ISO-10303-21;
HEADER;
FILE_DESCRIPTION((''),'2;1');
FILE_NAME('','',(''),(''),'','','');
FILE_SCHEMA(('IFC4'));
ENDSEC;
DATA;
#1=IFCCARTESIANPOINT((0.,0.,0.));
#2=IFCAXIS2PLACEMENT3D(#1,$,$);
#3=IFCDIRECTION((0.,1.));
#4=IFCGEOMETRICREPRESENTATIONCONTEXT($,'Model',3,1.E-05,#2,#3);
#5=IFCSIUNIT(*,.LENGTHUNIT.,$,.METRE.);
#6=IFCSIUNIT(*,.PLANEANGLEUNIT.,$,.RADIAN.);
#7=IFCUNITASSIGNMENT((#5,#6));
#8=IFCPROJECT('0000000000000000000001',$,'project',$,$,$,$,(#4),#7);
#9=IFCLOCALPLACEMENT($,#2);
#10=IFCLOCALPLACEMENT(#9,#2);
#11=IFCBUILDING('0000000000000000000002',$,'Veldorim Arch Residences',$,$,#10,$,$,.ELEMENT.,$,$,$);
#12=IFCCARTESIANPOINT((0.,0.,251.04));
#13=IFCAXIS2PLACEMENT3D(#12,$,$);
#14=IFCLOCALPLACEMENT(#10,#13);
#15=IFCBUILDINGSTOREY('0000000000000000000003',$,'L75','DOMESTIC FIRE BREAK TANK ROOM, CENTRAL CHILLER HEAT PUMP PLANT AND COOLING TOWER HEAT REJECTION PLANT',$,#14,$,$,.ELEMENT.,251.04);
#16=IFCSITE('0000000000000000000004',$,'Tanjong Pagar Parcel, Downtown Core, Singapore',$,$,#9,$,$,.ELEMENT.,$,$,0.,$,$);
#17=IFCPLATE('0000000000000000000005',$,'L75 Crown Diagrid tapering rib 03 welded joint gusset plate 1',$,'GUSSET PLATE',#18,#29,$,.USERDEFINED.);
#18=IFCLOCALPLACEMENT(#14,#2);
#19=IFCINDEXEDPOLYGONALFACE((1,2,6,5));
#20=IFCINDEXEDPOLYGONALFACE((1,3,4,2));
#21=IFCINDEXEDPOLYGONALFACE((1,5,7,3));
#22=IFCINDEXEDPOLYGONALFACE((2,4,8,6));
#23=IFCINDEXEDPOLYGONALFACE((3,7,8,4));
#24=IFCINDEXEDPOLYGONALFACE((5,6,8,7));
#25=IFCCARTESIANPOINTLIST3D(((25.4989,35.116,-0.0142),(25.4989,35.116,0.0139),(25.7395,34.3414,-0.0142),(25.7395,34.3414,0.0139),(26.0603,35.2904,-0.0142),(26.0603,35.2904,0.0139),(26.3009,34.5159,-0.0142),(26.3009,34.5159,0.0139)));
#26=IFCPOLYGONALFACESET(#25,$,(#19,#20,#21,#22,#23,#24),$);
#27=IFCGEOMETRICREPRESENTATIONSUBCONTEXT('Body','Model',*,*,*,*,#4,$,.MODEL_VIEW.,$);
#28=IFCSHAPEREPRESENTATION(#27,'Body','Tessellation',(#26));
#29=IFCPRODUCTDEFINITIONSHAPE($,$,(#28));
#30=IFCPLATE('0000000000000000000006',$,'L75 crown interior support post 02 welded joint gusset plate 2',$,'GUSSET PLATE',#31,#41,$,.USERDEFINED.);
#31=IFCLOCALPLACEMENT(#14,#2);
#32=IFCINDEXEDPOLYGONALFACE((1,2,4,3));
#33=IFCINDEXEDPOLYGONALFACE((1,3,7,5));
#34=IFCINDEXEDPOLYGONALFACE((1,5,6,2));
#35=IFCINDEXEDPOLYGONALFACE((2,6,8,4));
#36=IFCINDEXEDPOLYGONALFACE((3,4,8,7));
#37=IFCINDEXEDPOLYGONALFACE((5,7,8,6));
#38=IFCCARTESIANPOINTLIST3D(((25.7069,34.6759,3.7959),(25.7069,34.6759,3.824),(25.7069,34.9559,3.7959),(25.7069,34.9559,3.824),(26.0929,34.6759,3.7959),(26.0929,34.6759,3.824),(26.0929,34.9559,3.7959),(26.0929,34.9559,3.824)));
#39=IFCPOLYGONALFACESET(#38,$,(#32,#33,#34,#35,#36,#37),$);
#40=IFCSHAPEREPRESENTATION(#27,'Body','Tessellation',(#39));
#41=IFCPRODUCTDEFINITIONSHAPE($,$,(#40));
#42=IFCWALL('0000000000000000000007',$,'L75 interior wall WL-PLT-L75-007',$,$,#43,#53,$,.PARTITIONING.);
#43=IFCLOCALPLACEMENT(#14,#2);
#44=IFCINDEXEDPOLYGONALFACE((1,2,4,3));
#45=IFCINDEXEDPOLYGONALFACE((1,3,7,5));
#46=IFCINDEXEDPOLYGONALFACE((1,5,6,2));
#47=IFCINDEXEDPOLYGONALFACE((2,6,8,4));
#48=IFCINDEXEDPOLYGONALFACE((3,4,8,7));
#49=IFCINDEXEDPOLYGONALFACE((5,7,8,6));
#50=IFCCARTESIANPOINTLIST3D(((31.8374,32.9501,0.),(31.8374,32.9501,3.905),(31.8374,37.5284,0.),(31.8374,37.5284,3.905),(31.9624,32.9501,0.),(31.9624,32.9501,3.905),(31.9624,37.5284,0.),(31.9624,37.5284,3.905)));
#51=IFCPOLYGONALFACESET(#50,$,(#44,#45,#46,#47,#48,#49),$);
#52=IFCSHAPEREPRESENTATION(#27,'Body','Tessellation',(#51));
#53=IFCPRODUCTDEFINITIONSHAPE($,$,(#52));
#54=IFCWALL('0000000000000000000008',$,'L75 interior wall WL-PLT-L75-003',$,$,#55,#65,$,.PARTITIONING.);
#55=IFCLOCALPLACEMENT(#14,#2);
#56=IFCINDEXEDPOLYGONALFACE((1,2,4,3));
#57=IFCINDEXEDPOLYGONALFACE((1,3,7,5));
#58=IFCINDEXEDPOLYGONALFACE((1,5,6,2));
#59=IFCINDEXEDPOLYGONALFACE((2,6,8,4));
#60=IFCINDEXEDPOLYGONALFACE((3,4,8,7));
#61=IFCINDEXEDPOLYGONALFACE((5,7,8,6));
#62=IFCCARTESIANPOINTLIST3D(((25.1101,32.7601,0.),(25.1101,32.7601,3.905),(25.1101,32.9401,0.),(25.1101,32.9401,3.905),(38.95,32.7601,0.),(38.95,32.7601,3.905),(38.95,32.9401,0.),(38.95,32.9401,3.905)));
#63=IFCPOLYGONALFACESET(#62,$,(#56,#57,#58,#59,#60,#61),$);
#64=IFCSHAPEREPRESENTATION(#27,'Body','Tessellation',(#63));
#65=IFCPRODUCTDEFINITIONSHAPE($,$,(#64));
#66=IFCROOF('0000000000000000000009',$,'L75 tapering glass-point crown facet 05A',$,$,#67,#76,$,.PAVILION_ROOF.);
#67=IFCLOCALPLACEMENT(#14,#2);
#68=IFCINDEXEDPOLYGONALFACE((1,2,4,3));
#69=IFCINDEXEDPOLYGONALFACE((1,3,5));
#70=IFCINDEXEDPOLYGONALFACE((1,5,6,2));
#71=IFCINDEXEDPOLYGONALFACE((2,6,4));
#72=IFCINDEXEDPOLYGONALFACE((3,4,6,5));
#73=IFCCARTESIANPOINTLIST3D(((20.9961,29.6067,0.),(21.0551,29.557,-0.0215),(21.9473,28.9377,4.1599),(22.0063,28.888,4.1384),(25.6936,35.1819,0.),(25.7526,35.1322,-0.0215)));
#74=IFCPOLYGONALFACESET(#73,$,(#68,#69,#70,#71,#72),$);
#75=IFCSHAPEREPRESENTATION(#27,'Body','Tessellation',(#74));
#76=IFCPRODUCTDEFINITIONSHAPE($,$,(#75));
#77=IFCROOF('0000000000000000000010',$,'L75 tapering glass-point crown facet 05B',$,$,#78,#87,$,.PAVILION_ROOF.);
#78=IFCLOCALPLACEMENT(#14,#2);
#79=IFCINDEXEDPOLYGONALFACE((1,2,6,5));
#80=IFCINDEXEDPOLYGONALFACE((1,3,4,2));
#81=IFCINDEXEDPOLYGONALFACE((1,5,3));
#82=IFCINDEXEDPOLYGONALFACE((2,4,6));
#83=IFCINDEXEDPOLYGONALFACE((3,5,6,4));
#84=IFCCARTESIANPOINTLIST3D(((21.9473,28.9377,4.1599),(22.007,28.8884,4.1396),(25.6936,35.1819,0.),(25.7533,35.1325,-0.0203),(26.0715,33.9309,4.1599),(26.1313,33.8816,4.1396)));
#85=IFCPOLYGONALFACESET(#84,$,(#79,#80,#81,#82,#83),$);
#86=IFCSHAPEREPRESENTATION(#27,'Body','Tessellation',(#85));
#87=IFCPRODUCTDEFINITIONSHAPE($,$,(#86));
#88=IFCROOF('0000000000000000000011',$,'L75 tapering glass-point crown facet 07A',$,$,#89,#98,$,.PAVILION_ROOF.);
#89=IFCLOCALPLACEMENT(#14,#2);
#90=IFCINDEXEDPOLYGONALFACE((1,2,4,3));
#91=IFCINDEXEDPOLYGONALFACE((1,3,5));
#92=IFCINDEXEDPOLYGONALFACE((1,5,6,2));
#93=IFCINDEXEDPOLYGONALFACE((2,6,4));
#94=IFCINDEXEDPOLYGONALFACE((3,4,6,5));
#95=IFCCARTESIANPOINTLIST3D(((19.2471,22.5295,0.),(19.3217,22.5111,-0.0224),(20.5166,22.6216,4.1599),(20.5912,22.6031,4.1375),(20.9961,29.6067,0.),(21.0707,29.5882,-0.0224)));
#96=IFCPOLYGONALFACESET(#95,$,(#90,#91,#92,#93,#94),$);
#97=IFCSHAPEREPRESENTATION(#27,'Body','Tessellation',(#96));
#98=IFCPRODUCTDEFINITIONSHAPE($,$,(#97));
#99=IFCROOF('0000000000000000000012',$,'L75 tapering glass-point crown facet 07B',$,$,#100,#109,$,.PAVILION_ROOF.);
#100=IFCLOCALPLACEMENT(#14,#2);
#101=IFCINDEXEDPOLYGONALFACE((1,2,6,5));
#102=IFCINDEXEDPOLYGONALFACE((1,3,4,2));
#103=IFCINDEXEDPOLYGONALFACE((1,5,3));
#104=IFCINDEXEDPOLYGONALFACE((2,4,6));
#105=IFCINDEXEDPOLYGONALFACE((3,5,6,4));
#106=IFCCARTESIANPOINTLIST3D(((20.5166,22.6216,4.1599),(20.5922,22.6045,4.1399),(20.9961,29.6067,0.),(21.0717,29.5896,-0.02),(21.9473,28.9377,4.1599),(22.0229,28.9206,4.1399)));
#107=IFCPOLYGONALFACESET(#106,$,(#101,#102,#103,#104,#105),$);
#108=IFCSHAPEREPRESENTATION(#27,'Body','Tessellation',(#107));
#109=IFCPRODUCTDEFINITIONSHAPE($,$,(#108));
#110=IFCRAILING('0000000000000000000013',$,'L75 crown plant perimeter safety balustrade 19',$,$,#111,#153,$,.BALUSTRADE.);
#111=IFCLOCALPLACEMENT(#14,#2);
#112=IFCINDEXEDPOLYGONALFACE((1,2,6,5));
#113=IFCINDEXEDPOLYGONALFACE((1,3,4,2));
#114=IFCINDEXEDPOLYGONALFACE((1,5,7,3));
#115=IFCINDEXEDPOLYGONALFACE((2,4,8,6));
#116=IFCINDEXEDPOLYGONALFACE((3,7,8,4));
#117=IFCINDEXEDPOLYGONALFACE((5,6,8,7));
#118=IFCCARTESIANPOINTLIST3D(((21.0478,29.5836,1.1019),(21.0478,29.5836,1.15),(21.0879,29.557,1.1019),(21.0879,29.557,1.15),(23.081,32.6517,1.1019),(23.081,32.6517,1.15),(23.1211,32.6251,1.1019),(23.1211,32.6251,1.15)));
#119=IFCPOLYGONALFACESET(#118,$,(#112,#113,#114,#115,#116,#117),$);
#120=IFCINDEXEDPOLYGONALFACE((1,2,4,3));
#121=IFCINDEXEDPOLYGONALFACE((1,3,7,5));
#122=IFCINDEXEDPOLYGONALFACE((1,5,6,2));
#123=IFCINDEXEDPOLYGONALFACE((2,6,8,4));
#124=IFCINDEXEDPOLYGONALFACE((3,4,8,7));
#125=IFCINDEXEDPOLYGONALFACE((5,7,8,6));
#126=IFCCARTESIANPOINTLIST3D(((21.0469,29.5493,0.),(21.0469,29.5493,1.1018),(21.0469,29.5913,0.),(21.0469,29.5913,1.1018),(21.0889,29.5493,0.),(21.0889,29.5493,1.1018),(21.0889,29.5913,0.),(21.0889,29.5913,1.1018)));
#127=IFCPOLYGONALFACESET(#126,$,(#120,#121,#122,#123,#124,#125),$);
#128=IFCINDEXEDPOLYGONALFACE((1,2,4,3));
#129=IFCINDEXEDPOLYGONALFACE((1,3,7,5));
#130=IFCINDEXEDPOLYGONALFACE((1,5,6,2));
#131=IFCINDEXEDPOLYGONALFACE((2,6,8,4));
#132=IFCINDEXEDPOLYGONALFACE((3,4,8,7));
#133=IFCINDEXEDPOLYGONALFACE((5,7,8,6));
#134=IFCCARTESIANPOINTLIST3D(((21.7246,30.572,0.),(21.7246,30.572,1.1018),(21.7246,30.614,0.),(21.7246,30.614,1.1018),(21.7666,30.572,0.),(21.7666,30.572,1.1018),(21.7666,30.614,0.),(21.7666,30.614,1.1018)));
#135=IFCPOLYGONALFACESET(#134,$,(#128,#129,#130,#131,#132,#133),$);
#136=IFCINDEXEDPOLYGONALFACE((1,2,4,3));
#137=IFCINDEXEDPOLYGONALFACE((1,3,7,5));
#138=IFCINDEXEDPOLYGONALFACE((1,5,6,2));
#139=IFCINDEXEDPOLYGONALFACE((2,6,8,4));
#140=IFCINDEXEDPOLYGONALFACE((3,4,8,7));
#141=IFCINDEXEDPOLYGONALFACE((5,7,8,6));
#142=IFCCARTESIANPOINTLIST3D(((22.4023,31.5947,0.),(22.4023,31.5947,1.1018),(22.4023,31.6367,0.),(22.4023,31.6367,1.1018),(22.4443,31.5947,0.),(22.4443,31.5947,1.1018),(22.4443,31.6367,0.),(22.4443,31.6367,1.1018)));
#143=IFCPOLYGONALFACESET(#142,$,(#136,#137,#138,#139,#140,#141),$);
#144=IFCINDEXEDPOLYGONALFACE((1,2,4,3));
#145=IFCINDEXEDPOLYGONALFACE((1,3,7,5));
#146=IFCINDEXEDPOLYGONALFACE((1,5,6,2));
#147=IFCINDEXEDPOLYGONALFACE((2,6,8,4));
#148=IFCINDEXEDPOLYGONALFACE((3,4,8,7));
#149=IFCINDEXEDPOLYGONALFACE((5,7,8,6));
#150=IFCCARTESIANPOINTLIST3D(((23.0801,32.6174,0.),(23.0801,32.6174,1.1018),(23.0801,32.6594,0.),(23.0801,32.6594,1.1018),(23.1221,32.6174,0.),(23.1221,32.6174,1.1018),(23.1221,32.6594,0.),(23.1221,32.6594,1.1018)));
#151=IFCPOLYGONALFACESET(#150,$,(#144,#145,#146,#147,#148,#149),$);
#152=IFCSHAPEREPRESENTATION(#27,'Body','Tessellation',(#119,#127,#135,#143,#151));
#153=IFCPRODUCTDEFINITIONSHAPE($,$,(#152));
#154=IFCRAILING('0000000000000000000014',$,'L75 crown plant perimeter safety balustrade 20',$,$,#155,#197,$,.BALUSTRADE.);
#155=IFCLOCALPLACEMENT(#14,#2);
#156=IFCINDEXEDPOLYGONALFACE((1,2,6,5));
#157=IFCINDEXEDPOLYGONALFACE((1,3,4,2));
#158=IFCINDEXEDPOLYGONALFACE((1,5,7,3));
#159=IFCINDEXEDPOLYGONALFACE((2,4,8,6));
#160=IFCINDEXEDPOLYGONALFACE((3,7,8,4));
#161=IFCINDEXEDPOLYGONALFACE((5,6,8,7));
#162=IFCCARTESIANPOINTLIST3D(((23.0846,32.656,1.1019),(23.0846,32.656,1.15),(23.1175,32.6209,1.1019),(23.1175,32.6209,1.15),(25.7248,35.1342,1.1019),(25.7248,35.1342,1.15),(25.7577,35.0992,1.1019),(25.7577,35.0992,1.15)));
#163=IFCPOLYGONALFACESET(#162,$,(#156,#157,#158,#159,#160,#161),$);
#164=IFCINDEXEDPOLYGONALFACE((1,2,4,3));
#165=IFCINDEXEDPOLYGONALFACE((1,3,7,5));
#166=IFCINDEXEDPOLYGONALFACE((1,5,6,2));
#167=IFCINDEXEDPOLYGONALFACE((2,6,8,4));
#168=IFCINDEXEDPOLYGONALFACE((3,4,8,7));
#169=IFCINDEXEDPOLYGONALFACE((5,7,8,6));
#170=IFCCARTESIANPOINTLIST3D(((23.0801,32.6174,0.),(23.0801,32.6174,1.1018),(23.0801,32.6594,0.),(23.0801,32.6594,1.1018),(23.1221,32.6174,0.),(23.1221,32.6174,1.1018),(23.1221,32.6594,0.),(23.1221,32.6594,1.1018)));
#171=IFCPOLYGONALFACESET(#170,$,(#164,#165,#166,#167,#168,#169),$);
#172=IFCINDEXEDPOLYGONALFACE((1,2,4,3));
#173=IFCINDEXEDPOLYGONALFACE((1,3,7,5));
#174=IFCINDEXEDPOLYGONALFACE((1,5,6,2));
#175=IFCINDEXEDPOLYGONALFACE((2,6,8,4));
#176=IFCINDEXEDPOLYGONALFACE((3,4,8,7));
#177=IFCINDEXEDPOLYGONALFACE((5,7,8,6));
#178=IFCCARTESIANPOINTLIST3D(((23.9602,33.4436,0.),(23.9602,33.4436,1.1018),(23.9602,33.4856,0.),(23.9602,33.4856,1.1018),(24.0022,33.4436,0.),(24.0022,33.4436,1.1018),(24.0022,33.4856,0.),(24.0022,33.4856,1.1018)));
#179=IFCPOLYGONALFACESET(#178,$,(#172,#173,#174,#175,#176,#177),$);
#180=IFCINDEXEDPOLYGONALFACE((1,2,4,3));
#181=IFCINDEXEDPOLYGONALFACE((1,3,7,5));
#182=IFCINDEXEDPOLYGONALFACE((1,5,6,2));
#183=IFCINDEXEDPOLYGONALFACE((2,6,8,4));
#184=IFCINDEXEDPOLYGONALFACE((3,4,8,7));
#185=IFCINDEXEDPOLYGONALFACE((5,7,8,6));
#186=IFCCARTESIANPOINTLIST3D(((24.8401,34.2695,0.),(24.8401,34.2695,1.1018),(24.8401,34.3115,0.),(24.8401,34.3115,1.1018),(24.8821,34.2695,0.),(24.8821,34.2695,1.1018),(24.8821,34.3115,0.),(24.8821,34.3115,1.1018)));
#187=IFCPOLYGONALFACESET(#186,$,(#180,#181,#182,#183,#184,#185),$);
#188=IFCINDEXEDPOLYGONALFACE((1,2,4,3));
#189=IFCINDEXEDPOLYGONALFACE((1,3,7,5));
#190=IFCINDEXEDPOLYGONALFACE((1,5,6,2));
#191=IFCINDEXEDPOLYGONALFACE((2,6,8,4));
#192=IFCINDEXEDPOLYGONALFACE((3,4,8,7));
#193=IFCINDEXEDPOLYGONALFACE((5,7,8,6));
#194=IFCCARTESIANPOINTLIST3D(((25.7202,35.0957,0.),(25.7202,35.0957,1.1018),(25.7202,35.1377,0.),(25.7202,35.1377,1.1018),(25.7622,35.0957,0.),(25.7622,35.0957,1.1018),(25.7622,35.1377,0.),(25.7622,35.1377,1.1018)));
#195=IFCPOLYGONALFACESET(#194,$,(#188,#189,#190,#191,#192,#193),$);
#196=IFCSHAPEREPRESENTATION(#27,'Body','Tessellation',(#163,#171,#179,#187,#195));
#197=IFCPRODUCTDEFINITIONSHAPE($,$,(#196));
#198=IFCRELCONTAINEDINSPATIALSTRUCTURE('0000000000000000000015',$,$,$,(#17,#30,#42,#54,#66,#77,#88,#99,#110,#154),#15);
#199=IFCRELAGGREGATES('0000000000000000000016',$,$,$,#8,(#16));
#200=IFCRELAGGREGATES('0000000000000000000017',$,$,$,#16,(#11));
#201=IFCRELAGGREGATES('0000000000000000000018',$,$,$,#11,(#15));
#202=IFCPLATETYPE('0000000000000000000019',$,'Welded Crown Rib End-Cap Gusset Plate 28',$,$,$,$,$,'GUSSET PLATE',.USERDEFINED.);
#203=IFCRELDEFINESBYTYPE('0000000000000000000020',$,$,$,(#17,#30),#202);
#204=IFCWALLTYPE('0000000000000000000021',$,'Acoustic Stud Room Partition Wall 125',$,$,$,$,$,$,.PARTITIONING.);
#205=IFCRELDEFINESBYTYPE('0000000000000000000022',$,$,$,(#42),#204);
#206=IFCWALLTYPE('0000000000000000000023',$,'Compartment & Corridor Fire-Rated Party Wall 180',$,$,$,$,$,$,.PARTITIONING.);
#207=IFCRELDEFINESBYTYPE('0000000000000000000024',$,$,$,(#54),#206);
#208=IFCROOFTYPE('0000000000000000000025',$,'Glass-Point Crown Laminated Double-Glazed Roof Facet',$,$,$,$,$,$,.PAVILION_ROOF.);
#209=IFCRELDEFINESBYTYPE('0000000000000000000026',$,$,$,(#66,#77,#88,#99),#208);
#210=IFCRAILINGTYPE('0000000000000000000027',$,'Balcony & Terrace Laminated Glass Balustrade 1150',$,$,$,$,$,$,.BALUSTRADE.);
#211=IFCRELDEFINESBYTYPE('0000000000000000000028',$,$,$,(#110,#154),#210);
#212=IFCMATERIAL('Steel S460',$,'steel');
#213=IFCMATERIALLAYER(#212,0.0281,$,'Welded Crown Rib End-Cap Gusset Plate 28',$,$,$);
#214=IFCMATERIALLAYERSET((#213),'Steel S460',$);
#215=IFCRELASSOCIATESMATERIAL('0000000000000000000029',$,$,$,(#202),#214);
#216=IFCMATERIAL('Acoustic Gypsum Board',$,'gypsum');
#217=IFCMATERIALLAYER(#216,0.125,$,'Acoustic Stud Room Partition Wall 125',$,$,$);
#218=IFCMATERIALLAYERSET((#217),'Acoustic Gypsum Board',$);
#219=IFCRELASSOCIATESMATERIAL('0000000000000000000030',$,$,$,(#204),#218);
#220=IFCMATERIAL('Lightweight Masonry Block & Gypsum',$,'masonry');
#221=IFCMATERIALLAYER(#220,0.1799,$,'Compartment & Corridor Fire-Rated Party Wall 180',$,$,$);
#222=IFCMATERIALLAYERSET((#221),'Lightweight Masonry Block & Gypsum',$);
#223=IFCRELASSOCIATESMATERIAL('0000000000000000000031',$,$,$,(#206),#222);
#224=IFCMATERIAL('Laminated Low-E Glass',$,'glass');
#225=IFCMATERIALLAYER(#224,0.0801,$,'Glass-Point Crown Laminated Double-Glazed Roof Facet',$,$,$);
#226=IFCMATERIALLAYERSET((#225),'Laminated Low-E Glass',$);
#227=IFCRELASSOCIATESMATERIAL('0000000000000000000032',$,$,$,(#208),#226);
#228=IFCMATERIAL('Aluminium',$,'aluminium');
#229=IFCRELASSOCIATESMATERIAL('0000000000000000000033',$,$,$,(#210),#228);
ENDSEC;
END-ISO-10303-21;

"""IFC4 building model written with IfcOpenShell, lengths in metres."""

from ifc_helpers import new_model, si_unit, direction, frame, frame_2d, origin, origin_2d, place, context, subcontext, project, spatial, polyline, rectangle, outline, extrude, material, layer, layer_set, type_object, element, save


model = new_model("IFC4")

# Units and contexts
model_context = context("Model", 3, precision=1e-05, world=origin(), true_north=direction((0.0, 1.0)))
body_context = subcontext(model_context, "Body", "Model", "MODEL_VIEW")
ifc_project = project(units=[si_unit("LENGTHUNIT", "METRE"), si_unit("PLANEANGLEUNIT", "RADIAN")], contexts=[model_context])

# Site, building, storey
site_placement = place(None, origin())
site = spatial("IfcSite", under=ifc_project, at=site_placement, Name="Tanjong Pagar Parcel, Downtown Core, Singapore", CompositionType="ELEMENT", RefElevation=0.0)
building_placement = place(site_placement, origin())
building = spatial("IfcBuilding", under=site, at=building_placement, Name="Veldorim Arch Residences", CompositionType="ELEMENT")
storey_placement = place(building_placement, frame((0.0, 0.0, 251.04)))
storey = spatial("IfcBuildingStorey", under=building, at=storey_placement, Name="L75", Description="DOMESTIC FIRE BREAK TANK ROOM, CENTRAL CHILLER HEAT PUMP PLANT AND COOLING TOWER HEAT REJECTION PLANT", CompositionType="ELEMENT", Elevation=251.04)

# Plates
ifc_material_1 = material(Name="Steel S460", Category="steel")
ifc_layer_1 = layer(ifc_material_1, 0.0281, Name="Welded Crown Rib End-Cap Gusset Plate 28")
ifc_layer_set_1 = layer_set([ifc_layer_1], Name="Steel S460")
plate_type_1 = type_object("IfcPlateType", Name="Welded Crown Rib End-Cap Gusset Plate 28", ElementType="GUSSET PLATE", PredefinedType="USERDEFINED", material=ifc_layer_set_1)
plate_1_placement = place(storey_placement, frame((25.8999, 34.8159, -0.0142), z_axis=(0.0, 0.0, 1.0), x_axis=(0.296708, -0.954968, 0.0)))
element("IfcPlate", 1, at=plate_1_placement, inside=storey, type_object=plate_type_1, Name="L75 Crown Diagrid tapering rib 03 welded joint gusset plate 1", ObjectType="GUSSET PLATE", PredefinedType="USERDEFINED", context=body_context, shape_type="SweptSolid", body=[
    extrude(rectangle(XDim=0.811, YDim=0.5879, at=origin_2d()), origin(), (0.0, 0.0, 1.0), 0.0281),
])
plate_2_placement = place(storey_placement, frame((25.8999, 34.8159, 3.7959), z_axis=(0.0, 0.0, 1.0), x_axis=(1.0, 0.0, 0.0)))
element("IfcPlate", 2, at=plate_2_placement, inside=storey, type_object=plate_type_1, Name="L75 crown interior support post 02 welded joint gusset plate 2", ObjectType="GUSSET PLATE", PredefinedType="USERDEFINED", context=body_context, shape_type="SweptSolid", body=[
    extrude(rectangle(XDim=0.386, YDim=0.28, at=origin_2d()), origin(), (0.0, 0.0, 1.0), 0.0281),
])

# Walls
ifc_material_2 = material(Name="Acoustic Gypsum Board", Category="gypsum")
ifc_layer_2 = layer(ifc_material_2, 0.125, Name="Acoustic Stud Room Partition Wall 125")
ifc_layer_set_2 = layer_set([ifc_layer_2], Name="Acoustic Gypsum Board")
wall_type_1 = type_object("IfcWallType", Name="Acoustic Stud Room Partition Wall 125", PredefinedType="PARTITIONING", material=ifc_layer_set_2)
wall_1_placement = place(storey_placement, frame((31.8999, 37.5283, 0.0), z_axis=(0.0, 0.0, 1.0), x_axis=(0.0, -1.0, 0.0)))
element("IfcWall", 3, at=wall_1_placement, inside=storey, type_object=wall_type_1, Name="L75 interior wall WL-PLT-L75-007", PredefinedType="PARTITIONING", context=body_context, shape_type="SweptSolid", body=[
    extrude(rectangle(XDim=4.5784, YDim=0.125, at=frame_2d((2.2891, 0.0))), origin(), (0.0, 0.0, 1.0), 3.905),
])
ifc_material_3 = material(Name="Lightweight Masonry Block & Gypsum", Category="masonry")
ifc_layer_3 = layer(ifc_material_3, 0.1799, Name="Compartment & Corridor Fire-Rated Party Wall 180")
ifc_layer_set_3 = layer_set([ifc_layer_3], Name="Lightweight Masonry Block & Gypsum")
wall_type_2 = type_object("IfcWallType", Name="Compartment & Corridor Fire-Rated Party Wall 180", PredefinedType="PARTITIONING", material=ifc_layer_set_3)
wall_2_placement = place(storey_placement, frame((25.1101, 32.8501, 0.0), z_axis=(0.0, 0.0, 1.0), x_axis=(1.0, 0.0, 0.0)))
element("IfcWall", 4, at=wall_2_placement, inside=storey, type_object=wall_type_2, Name="L75 interior wall WL-PLT-L75-003", PredefinedType="PARTITIONING", context=body_context, shape_type="SweptSolid", body=[
    extrude(rectangle(XDim=13.8398, YDim=0.1799, at=frame_2d((6.9199, 0.0))), origin(), (0.0, 0.0, 1.0), 3.905),
])

# Roofs
ifc_material_4 = material(Name="Laminated Low-E Glass", Category="glass")
ifc_layer_4 = layer(ifc_material_4, 0.0801, Name="Glass-Point Crown Laminated Double-Glazed Roof Facet")
ifc_layer_set_4 = layer_set([ifc_layer_4], Name="Laminated Low-E Glass")
roof_type = type_object("IfcRoofType", Name="Glass-Point Crown Laminated Double-Glazed Roof Facet", PredefinedType="PAVILION_ROOF", material=ifc_layer_set_4)
roof_1_placement = place(storey_placement, frame((25.6936, 35.1819, 0.0), z_axis=(-0.736703, 0.620726, 0.268266), x_axis=(-0.644345, -0.764735, 0.0)))
element("IfcRoof", 5, at=roof_1_placement, inside=storey, type_object=roof_type, Name="L75 tapering glass-point crown facet 05A", PredefinedType="PAVILION_ROOF", context=body_context, shape_type="SweptSolid", body=[
    extrude(outline(polyline([(0.0, 0.0), (7.2904, 0.0), (7.189, 4.3182), (0.0, 0.0)])), origin(), (0.0, 0.0, -1.0), 0.0801),
])
roof_2_placement = place(storey_placement, frame((25.6936, 35.1819, 0.0), z_axis=(-0.745909, 0.616108, 0.253043), x_axis=(-0.446724, -0.744569, 0.49604)))
element("IfcRoof", 6, at=roof_2_placement, inside=storey, type_object=roof_type, Name="L75 tapering glass-point crown facet 05B", PredefinedType="PAVILION_ROOF", context=body_context, shape_type="SweptSolid", body=[
    extrude(outline(polyline([(0.0, 0.0), (8.3863, 0.0), (2.8261, 3.3205), (0.0, 0.0)])), origin(), (0.0, 0.0, -1.0), 0.0801),
])
roof_3_placement = place(storey_placement, frame((20.9961, 29.6067, 0.0), z_axis=(-0.932138, 0.230366, 0.279375), x_axis=(-0.239919, -0.970793, 0.0)))
element("IfcRoof", 7, at=roof_3_placement, inside=storey, type_object=roof_type, Name="L75 tapering glass-point crown facet 07A", PredefinedType="PAVILION_ROOF", context=body_context, shape_type="SweptSolid", body=[
    extrude(outline(polyline([(0.0, 0.0), (7.2901, 0.0), (6.8961, 4.3324), (0.0, 0.0)])), origin(), (0.0, 0.0, -1.0), 0.0801),
])
roof_4_placement = place(storey_placement, frame((20.9961, 29.6067, 0.0), z_axis=(-0.944249, 0.21388, 0.250298), x_axis=(-0.058876, -0.857688, 0.510788)))
element("IfcRoof", 8, at=roof_4_placement, inside=storey, type_object=roof_type, Name="L75 tapering glass-point crown facet 07B", PredefinedType="PAVILION_ROOF", context=body_context, shape_type="SweptSolid", body=[
    extrude(outline(polyline([(0.0, 0.0), (8.1441, 0.0), (2.6426, 3.4167), (0.0, 0.0)])), origin(), (0.0, 0.0, -1.0), 0.0801),
])

# Railings
ifc_material_5 = material(Name="Aluminium", Category="aluminium")
railing_type = type_object("IfcRailingType", Name="Balcony & Terrace Laminated Glass Balustrade 1150", PredefinedType="BALUSTRADE", material=ifc_material_5)
railing_1_placement = place(storey_placement, frame((21.0679, 29.5703, 0.0)))
element("IfcRailing", 9, at=railing_1_placement, inside=storey, type_object=railing_type, Name="L75 crown plant perimeter safety balustrade 19", PredefinedType="BALUSTRADE", context=body_context, shape_type="SweptSolid", body=[
    extrude(rectangle(XDim=0.0481, YDim=0.0481, at=origin_2d()), frame((0.0, 0.0, 1.126), z_axis=(0.552402, 0.833578, 0.0), x_axis=(-0.833578, 0.552402, 0.0)), (0.0, 0.0, 1.0), 3.6807),
    extrude(rectangle(XDim=0.042, YDim=0.042, at=origin_2d()), origin(), (0.0, 0.0, 1.0), 1.1018),
    extrude(rectangle(XDim=0.042, YDim=0.042, at=origin_2d()), frame((0.6777, 1.0227, 0.0)), (0.0, 0.0, 1.0), 1.1018),
    extrude(rectangle(XDim=0.042, YDim=0.042, at=origin_2d()), frame((1.3555, 2.0454, 0.0)), (0.0, 0.0, 1.0), 1.1018),
    extrude(rectangle(XDim=0.042, YDim=0.042, at=origin_2d()), frame((2.0332, 3.0681, 0.0)), (0.0, 0.0, 1.0), 1.1018),
])
railing_2_placement = place(storey_placement, frame((23.1011, 32.6384, 0.0)))
element("IfcRailing", 10, at=railing_2_placement, inside=storey, type_object=railing_type, Name="L75 crown plant perimeter safety balustrade 20", PredefinedType="BALUSTRADE", context=body_context, shape_type="SweptSolid", body=[
    extrude(rectangle(XDim=0.0481, YDim=0.0481, at=origin_2d()), frame((0.0, 0.0, 1.126), z_axis=(0.729104, 0.684403, 0.0), x_axis=(-0.684403, 0.729104, 0.0)), (0.0, 0.0, 1.0), 3.6211),
    extrude(rectangle(XDim=0.042, YDim=0.042, at=origin_2d()), origin(), (0.0, 0.0, 1.0), 1.1018),
    extrude(rectangle(XDim=0.042, YDim=0.042, at=origin_2d()), frame((0.8801, 0.8262, 0.0)), (0.0, 0.0, 1.0), 1.1018),
    extrude(rectangle(XDim=0.042, YDim=0.042, at=origin_2d()), frame((1.76, 1.6521, 0.0)), (0.0, 0.0, 1.0), 1.1018),
    extrude(rectangle(XDim=0.042, YDim=0.042, at=origin_2d()), frame((2.6401, 2.4783, 0.0)), (0.0, 0.0, 1.0), 1.1018),
])

save(model, "model.ifc")
